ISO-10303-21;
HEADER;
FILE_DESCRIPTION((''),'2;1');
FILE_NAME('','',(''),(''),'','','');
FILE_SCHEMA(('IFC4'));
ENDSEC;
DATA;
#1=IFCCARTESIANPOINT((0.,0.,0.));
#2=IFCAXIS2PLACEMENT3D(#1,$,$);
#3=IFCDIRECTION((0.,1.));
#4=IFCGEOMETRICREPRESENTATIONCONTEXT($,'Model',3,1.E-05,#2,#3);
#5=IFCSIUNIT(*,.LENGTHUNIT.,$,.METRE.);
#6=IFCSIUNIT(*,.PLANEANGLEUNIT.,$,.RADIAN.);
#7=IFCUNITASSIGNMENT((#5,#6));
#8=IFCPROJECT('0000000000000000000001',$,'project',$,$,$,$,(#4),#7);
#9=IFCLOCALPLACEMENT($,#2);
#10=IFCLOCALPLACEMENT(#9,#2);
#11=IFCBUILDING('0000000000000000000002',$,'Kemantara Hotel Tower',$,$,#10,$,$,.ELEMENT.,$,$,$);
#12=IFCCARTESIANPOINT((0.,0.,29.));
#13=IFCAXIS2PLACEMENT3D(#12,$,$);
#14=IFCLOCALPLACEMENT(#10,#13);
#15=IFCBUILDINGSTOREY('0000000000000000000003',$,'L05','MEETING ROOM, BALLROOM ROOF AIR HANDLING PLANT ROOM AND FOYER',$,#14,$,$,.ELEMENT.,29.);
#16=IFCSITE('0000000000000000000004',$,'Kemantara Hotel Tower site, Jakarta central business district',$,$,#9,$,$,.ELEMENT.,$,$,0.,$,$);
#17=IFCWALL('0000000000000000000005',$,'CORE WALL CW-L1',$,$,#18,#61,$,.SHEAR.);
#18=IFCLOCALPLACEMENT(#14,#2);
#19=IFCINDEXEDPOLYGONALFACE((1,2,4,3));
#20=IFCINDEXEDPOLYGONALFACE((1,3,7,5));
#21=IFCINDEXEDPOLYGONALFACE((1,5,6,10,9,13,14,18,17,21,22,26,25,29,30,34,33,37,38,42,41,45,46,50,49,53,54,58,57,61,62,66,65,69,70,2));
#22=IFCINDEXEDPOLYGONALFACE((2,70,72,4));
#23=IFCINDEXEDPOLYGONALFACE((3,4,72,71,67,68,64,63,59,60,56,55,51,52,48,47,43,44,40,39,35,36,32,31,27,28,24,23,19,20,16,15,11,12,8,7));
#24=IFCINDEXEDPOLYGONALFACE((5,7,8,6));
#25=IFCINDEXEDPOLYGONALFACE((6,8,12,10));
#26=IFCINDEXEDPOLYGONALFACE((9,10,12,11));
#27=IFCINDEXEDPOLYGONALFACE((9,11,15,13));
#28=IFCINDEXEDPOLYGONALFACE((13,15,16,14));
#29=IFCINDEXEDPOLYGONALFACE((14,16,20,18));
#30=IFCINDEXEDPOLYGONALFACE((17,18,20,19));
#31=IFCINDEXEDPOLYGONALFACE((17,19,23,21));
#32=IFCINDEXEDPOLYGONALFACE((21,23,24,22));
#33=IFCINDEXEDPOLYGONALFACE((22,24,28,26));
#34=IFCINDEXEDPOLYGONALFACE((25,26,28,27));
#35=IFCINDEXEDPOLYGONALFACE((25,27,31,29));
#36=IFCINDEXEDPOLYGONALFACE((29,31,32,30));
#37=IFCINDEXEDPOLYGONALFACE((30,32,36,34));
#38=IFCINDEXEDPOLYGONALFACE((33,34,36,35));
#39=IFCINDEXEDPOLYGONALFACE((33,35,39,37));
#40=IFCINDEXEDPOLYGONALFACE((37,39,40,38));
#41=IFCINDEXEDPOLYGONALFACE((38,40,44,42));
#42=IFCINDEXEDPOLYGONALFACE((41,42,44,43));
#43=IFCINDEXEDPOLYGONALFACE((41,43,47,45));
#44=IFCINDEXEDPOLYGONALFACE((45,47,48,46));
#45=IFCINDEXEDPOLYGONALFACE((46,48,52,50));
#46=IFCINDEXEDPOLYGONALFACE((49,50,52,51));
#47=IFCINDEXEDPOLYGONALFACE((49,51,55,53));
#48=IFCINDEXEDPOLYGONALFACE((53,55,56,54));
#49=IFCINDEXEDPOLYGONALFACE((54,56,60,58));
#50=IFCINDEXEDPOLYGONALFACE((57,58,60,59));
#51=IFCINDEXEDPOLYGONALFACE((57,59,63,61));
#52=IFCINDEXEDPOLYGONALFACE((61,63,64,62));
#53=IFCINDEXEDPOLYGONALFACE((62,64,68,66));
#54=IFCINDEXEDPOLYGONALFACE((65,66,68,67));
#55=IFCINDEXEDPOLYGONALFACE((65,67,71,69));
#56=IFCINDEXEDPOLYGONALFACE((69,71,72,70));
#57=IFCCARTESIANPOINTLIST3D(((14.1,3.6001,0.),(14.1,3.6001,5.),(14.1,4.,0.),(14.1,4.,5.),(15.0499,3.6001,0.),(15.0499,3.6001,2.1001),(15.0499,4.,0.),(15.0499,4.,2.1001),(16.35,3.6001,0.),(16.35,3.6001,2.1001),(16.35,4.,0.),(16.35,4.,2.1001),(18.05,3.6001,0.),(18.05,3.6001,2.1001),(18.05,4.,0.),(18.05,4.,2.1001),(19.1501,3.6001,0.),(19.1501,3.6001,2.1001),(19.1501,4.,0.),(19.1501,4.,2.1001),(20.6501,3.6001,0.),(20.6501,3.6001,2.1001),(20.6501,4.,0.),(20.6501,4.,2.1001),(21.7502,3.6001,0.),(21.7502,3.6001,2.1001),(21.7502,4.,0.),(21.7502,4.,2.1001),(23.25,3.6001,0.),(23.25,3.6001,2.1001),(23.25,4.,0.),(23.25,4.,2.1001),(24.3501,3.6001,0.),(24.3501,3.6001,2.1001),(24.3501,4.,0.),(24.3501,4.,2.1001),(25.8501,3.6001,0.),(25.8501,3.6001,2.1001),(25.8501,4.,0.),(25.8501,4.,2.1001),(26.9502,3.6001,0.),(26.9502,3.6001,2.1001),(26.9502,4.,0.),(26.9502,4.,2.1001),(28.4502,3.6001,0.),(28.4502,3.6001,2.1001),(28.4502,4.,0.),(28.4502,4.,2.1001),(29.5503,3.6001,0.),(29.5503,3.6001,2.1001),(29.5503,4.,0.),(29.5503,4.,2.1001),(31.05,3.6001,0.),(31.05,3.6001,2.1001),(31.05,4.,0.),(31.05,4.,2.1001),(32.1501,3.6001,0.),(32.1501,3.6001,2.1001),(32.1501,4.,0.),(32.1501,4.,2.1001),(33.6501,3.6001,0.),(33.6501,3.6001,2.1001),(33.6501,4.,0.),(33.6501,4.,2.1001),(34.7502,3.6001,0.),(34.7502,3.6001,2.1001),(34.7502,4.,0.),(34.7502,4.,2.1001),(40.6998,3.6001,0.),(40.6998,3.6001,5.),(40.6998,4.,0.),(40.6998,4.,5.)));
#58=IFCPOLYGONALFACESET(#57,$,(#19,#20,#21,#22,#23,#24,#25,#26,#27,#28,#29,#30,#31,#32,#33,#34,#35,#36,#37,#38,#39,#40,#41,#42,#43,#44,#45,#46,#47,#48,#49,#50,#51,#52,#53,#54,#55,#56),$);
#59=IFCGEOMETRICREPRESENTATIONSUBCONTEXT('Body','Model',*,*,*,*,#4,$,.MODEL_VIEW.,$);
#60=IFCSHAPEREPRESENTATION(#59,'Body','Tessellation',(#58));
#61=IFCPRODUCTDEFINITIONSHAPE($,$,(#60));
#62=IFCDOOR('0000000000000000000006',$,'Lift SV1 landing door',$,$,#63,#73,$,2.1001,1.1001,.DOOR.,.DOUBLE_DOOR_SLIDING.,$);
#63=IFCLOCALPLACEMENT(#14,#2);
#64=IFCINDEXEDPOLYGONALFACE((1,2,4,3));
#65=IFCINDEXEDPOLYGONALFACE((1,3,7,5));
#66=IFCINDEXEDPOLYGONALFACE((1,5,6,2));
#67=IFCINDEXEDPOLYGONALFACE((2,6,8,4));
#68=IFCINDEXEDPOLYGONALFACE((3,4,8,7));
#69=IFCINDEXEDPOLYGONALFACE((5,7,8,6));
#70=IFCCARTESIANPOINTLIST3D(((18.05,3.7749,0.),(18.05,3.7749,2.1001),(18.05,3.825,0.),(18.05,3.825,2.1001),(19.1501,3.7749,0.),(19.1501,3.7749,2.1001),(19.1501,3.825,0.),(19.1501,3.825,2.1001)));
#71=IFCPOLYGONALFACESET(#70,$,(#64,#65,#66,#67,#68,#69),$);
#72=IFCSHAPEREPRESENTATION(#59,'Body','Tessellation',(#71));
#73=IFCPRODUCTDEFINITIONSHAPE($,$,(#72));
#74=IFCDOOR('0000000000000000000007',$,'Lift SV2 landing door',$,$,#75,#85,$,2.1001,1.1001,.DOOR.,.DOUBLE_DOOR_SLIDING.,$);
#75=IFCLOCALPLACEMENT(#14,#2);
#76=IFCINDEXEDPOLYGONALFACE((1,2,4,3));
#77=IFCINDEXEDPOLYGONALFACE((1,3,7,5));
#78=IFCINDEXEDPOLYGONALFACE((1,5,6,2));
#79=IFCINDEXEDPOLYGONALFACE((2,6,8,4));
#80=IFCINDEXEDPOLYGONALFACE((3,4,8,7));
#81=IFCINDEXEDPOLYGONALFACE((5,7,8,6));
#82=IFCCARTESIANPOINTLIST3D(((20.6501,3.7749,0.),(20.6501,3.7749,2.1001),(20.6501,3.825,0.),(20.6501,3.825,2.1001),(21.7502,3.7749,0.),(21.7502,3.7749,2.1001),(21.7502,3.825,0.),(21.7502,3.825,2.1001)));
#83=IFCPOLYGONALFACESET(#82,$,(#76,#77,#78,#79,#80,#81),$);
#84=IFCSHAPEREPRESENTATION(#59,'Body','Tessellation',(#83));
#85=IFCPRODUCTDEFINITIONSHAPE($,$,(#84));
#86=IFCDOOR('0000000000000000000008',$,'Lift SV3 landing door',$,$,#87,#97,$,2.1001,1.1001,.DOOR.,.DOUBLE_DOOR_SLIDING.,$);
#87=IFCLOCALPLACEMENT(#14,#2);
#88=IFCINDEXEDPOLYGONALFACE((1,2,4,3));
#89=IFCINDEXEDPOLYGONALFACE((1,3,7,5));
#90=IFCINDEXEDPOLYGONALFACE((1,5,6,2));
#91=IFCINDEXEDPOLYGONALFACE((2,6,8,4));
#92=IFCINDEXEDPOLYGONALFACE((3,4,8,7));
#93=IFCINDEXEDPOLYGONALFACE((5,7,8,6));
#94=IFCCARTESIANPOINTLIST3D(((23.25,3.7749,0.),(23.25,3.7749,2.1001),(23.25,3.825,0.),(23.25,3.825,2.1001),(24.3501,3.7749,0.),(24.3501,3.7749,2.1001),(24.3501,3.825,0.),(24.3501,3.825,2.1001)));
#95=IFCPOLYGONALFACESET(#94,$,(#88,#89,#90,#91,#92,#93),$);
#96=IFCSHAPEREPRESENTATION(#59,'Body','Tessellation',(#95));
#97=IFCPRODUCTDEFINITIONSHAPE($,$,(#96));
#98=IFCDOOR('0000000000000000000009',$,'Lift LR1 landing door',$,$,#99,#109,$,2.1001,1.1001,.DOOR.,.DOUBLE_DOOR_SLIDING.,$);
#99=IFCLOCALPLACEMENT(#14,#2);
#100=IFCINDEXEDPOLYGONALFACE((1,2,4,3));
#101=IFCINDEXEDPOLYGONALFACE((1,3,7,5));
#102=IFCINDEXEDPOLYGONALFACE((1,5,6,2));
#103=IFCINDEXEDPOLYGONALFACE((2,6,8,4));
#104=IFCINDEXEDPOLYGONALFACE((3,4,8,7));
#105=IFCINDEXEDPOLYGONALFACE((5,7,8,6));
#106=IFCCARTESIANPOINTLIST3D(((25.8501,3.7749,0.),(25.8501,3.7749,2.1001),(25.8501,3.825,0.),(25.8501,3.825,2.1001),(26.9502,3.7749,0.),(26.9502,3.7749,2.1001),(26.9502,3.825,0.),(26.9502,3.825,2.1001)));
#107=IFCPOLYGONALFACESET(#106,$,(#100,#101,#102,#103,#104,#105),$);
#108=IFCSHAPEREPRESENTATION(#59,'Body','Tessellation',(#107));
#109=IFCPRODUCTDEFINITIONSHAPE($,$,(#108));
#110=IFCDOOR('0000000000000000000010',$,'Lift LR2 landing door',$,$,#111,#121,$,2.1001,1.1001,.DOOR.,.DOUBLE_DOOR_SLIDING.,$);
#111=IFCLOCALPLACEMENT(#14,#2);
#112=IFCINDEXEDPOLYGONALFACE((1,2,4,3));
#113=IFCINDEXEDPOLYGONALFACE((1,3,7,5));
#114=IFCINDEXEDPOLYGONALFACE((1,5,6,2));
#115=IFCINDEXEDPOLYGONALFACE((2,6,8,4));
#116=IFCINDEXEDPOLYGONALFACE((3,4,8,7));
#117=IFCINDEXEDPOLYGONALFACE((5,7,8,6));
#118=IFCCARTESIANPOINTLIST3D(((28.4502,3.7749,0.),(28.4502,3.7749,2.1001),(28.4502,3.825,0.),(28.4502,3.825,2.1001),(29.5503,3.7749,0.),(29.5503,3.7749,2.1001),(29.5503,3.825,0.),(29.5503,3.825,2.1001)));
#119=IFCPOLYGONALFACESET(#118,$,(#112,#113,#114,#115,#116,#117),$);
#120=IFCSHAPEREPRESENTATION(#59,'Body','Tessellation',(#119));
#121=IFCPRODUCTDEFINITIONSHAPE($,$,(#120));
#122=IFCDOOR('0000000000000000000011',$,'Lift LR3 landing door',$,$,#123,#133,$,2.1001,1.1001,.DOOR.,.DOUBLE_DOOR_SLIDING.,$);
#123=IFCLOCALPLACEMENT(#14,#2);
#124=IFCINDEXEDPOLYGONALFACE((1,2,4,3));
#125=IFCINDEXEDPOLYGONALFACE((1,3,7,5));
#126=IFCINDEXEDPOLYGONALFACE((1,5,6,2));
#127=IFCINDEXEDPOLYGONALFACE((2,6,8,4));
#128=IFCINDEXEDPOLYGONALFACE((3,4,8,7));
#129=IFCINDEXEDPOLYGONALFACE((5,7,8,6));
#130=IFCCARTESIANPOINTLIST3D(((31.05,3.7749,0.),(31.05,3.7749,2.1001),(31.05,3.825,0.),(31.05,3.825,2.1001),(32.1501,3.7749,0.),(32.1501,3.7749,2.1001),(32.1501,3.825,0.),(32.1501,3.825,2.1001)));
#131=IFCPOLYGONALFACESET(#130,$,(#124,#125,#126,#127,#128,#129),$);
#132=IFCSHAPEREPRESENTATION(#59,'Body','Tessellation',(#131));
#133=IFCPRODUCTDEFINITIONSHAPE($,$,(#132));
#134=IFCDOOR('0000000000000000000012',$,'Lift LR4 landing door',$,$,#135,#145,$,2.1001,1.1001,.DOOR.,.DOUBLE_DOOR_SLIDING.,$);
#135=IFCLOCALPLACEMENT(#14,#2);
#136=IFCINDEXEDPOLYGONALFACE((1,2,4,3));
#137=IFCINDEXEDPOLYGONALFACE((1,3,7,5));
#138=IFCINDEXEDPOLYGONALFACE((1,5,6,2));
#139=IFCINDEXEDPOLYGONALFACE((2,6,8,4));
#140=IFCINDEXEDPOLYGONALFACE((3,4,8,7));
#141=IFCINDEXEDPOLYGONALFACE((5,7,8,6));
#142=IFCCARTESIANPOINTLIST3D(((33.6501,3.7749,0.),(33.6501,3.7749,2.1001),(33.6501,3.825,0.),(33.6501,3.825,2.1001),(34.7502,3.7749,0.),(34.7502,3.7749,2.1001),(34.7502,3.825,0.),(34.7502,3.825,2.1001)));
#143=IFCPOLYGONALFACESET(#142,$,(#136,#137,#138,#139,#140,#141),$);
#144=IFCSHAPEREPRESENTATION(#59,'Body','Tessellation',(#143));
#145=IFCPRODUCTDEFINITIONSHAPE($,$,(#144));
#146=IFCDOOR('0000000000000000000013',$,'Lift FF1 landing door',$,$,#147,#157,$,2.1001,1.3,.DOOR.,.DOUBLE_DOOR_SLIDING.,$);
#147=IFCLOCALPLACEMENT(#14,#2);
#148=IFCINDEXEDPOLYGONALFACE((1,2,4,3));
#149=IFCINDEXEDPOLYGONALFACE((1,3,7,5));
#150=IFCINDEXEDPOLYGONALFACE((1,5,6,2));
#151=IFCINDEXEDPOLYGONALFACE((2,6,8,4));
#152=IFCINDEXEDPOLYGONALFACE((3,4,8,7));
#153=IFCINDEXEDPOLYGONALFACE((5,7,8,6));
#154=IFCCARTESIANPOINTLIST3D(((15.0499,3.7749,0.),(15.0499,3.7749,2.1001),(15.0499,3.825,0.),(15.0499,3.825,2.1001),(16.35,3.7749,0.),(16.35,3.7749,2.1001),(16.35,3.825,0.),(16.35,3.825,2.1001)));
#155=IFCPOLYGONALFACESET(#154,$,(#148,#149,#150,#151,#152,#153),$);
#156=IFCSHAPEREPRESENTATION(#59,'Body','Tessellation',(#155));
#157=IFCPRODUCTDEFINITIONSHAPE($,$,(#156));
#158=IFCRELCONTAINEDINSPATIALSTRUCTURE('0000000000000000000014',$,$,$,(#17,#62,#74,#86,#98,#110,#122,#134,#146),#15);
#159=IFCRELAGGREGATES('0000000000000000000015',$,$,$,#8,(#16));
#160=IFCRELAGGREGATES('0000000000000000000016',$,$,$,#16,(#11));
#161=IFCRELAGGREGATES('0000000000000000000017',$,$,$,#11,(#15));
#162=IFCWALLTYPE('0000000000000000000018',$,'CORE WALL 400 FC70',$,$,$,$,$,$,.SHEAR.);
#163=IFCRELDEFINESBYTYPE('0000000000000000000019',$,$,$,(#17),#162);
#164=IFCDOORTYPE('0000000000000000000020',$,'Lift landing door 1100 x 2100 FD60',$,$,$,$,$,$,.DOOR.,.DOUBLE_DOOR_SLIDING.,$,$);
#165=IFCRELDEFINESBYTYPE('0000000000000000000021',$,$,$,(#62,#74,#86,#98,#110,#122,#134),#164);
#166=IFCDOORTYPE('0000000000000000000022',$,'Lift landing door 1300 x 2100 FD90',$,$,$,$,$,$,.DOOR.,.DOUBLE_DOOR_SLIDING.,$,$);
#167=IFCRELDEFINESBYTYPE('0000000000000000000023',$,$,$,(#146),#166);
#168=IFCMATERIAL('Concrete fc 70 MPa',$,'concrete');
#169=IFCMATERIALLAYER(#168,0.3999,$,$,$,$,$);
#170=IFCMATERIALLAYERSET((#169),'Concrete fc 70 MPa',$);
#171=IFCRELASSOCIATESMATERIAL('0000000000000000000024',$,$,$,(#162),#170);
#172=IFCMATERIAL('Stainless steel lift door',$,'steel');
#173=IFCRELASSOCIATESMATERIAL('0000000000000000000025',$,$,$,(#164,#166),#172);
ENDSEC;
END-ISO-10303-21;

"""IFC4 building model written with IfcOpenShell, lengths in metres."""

from ifc_helpers import new_model, si_unit, direction, frame, frame_2d, origin, place, context, subcontext, project, spatial, rectangle, extrude, material, layer, layer_set, type_object, element, fill, save


model = new_model("IFC4")

# Units and contexts
model_context = context("Model", 3, precision=1e-05, world=origin(), true_north=direction((0.0, 1.0)))
body_context = subcontext(model_context, "Body", "Model", "MODEL_VIEW")
ifc_project = project(units=[si_unit("LENGTHUNIT", "METRE"), si_unit("PLANEANGLEUNIT", "RADIAN")], contexts=[model_context])

# Site, building, storey
site_placement = place(None, origin())
site = spatial("IfcSite", under=ifc_project, at=site_placement, Name="Kemantara Hotel Tower site, Jakarta central business district", CompositionType="ELEMENT", RefElevation=0.0)
building_placement = place(site_placement, origin())
building = spatial("IfcBuilding", under=site, at=building_placement, Name="Kemantara Hotel Tower", CompositionType="ELEMENT")
storey_placement = place(building_placement, frame((0.0, 0.0, 29.0)))
storey = spatial("IfcBuildingStorey", under=building, at=storey_placement, Name="L05", Description="MEETING ROOM, BALLROOM ROOF AIR HANDLING PLANT ROOM AND FOYER", CompositionType="ELEMENT", Elevation=29.0)

# Shared definitions
ifc_material_1 = material(Name="Concrete fc 70 MPa", Category="concrete")

# Wall, openings, doors
ifc_layer_1 = layer(ifc_material_1, 0.3999)
ifc_layer_set_1 = layer_set([ifc_layer_1], Name="Concrete fc 70 MPa")
wall_type_1 = type_object("IfcWallType", Name="CORE WALL 400 FC70", PredefinedType="SHEAR", material=ifc_layer_set_1)
wall_1_placement = place(storey_placement, frame((14.1001, 3.8, 0.0), z_axis=(0.0, 0.0, 1.0), x_axis=(1.0, 0.0, 0.0)))
wall_1 = element("IfcWall", 1, at=wall_1_placement, inside=storey, type_object=wall_type_1, Name="CORE WALL CW-L1", PredefinedType="SHEAR", context=body_context, shape_type="SweptSolid", body=[
    extrude(rectangle(XDim=26.5999, YDim=0.3999, at=frame_2d((13.2998, 0.0))), origin(), (0.0, 0.0, 1.0), 5.0),
])
opening_1_placement = place(wall_1_placement, frame((0.95, 0.0, 0.0)))
opening_1 = element("IfcOpeningElement", 2, at=opening_1_placement, cuts=wall_1, PredefinedType="OPENING", context=body_context, shape_type="SweptSolid", body=[
    extrude(rectangle(XDim=1.3, YDim=2.1001, at=frame_2d((0.6499, 1.05))), frame((0.0, 0.21, 0.0), z_axis=(0.0, -1.0, 0.0), x_axis=(1.0, 0.0, 0.0)), (0.0, 0.0, 1.0), 0.4199),
])
opening_2_placement = place(wall_1_placement, frame((3.95, 0.0, 0.0)))
opening_2 = element("IfcOpeningElement", 3, at=opening_2_placement, cuts=wall_1, PredefinedType="OPENING", context=body_context, shape_type="SweptSolid", body=[
    extrude(rectangle(XDim=1.1001, YDim=2.1001, at=frame_2d((0.55, 1.05))), frame((0.0, 0.21, 0.0), z_axis=(0.0, -1.0, 0.0), x_axis=(1.0, 0.0, 0.0)), (0.0, 0.0, 1.0), 0.4199),
])
opening_3_placement = place(wall_1_placement, frame((6.55, 0.0, 0.0)))
opening_3 = element("IfcOpeningElement", 4, at=opening_3_placement, cuts=wall_1, PredefinedType="OPENING", context=body_context, shape_type="SweptSolid", body=[
    extrude(rectangle(XDim=1.1001, YDim=2.1001, at=frame_2d((0.55, 1.05))), frame((0.0, 0.21, 0.0), z_axis=(0.0, -1.0, 0.0), x_axis=(1.0, 0.0, 0.0)), (0.0, 0.0, 1.0), 0.4199),
])
opening_4_placement = place(wall_1_placement, frame((9.1499, 0.0, 0.0)))
opening_4 = element("IfcOpeningElement", 5, at=opening_4_placement, cuts=wall_1, PredefinedType="OPENING", context=body_context, shape_type="SweptSolid", body=[
    extrude(rectangle(XDim=1.1001, YDim=2.1001, at=frame_2d((0.55, 1.05))), frame((0.0, 0.21, 0.0), z_axis=(0.0, -1.0, 0.0), x_axis=(1.0, 0.0, 0.0)), (0.0, 0.0, 1.0), 0.4199),
])
opening_5_placement = place(wall_1_placement, frame((11.75, 0.0, 0.0)))
opening_5 = element("IfcOpeningElement", 6, at=opening_5_placement, cuts=wall_1, PredefinedType="OPENING", context=body_context, shape_type="SweptSolid", body=[
    extrude(rectangle(XDim=1.1001, YDim=2.1001, at=frame_2d((0.55, 1.05))), frame((0.0, 0.21, 0.0), z_axis=(0.0, -1.0, 0.0), x_axis=(1.0, 0.0, 0.0)), (0.0, 0.0, 1.0), 0.4199),
])
opening_6_placement = place(wall_1_placement, frame((14.3501, 0.0, 0.0)))
opening_6 = element("IfcOpeningElement", 7, at=opening_6_placement, cuts=wall_1, PredefinedType="OPENING", context=body_context, shape_type="SweptSolid", body=[
    extrude(rectangle(XDim=1.1001, YDim=2.1001, at=frame_2d((0.55, 1.05))), frame((0.0, 0.21, 0.0), z_axis=(0.0, -1.0, 0.0), x_axis=(1.0, 0.0, 0.0)), (0.0, 0.0, 1.0), 0.4199),
])
opening_7_placement = place(wall_1_placement, frame((16.95, 0.0, 0.0)))
opening_7 = element("IfcOpeningElement", 8, at=opening_7_placement, cuts=wall_1, PredefinedType="OPENING", context=body_context, shape_type="SweptSolid", body=[
    extrude(rectangle(XDim=1.1001, YDim=2.1001, at=frame_2d((0.55, 1.05))), frame((0.0, 0.21, 0.0), z_axis=(0.0, -1.0, 0.0), x_axis=(1.0, 0.0, 0.0)), (0.0, 0.0, 1.0), 0.4199),
])
opening_8_placement = place(wall_1_placement, frame((19.55, 0.0, 0.0)))
opening_8 = element("IfcOpeningElement", 9, at=opening_8_placement, cuts=wall_1, PredefinedType="OPENING", context=body_context, shape_type="SweptSolid", body=[
    extrude(rectangle(XDim=1.1001, YDim=2.1001, at=frame_2d((0.55, 1.05))), frame((0.0, 0.21, 0.0), z_axis=(0.0, -1.0, 0.0), x_axis=(1.0, 0.0, 0.0)), (0.0, 0.0, 1.0), 0.4199),
])
ifc_material_2 = material(Name="Stainless steel lift door", Category="steel")
door_type_1 = type_object("IfcDoorType", Name="Lift landing door 1100 x 2100 FD60", OperationType="DOUBLE_DOOR_SLIDING", PredefinedType="DOOR", material=ifc_material_2)
door_1_placement = place(opening_2_placement, origin())
door_1 = element("IfcDoor", 10, at=door_1_placement, inside=storey, type_object=door_type_1, Name="Lift SV1 landing door", OperationType="DOUBLE_DOOR_SLIDING", OverallHeight=2.1001, OverallWidth=1.1001, PredefinedType="DOOR", context=body_context, shape_type="SweptSolid", body=[
    extrude(rectangle(XDim=1.1001, YDim=2.1001, at=frame_2d((0.55, 1.05))), frame((0.0, 0.0249, 0.0), z_axis=(0.0, -1.0, 0.0), x_axis=(1.0, 0.0, 0.0)), (0.0, 0.0, 1.0), 0.05),
])
fill(opening_2, door_1)
door_2_placement = place(opening_3_placement, origin())
door_2 = element("IfcDoor", 11, at=door_2_placement, inside=storey, type_object=door_type_1, Name="Lift SV2 landing door", OperationType="DOUBLE_DOOR_SLIDING", OverallHeight=2.1001, OverallWidth=1.1001, PredefinedType="DOOR", context=body_context, shape_type="SweptSolid", body=[
    extrude(rectangle(XDim=1.1001, YDim=2.1001, at=frame_2d((0.55, 1.05))), frame((0.0, 0.0249, 0.0), z_axis=(0.0, -1.0, 0.0), x_axis=(1.0, 0.0, 0.0)), (0.0, 0.0, 1.0), 0.05),
])
fill(opening_3, door_2)
door_3_placement = place(opening_4_placement, origin())
door_3 = element("IfcDoor", 12, at=door_3_placement, inside=storey, type_object=door_type_1, Name="Lift SV3 landing door", OperationType="DOUBLE_DOOR_SLIDING", OverallHeight=2.1001, OverallWidth=1.1001, PredefinedType="DOOR", context=body_context, shape_type="SweptSolid", body=[
    extrude(rectangle(XDim=1.1001, YDim=2.1001, at=frame_2d((0.55, 1.05))), frame((0.0, 0.0249, 0.0), z_axis=(0.0, -1.0, 0.0), x_axis=(1.0, 0.0, 0.0)), (0.0, 0.0, 1.0), 0.05),
])
fill(opening_4, door_3)
door_4_placement = place(opening_5_placement, origin())
door_4 = element("IfcDoor", 13, at=door_4_placement, inside=storey, type_object=door_type_1, Name="Lift LR1 landing door", OperationType="DOUBLE_DOOR_SLIDING", OverallHeight=2.1001, OverallWidth=1.1001, PredefinedType="DOOR", context=body_context, shape_type="SweptSolid", body=[
    extrude(rectangle(XDim=1.1001, YDim=2.1001, at=frame_2d((0.55, 1.05))), frame((0.0, 0.0249, 0.0), z_axis=(0.0, -1.0, 0.0), x_axis=(1.0, 0.0, 0.0)), (0.0, 0.0, 1.0), 0.05),
])
fill(opening_5, door_4)
door_5_placement = place(opening_6_placement, origin())
door_5 = element("IfcDoor", 14, at=door_5_placement, inside=storey, type_object=door_type_1, Name="Lift LR2 landing door", OperationType="DOUBLE_DOOR_SLIDING", OverallHeight=2.1001, OverallWidth=1.1001, PredefinedType="DOOR", context=body_context, shape_type="SweptSolid", body=[
    extrude(rectangle(XDim=1.1001, YDim=2.1001, at=frame_2d((0.55, 1.05))), frame((0.0, 0.0249, 0.0), z_axis=(0.0, -1.0, 0.0), x_axis=(1.0, 0.0, 0.0)), (0.0, 0.0, 1.0), 0.05),
])
fill(opening_6, door_5)
door_6_placement = place(opening_7_placement, origin())
door_6 = element("IfcDoor", 15, at=door_6_placement, inside=storey, type_object=door_type_1, Name="Lift LR3 landing door", OperationType="DOUBLE_DOOR_SLIDING", OverallHeight=2.1001, OverallWidth=1.1001, PredefinedType="DOOR", context=body_context, shape_type="SweptSolid", body=[
    extrude(rectangle(XDim=1.1001, YDim=2.1001, at=frame_2d((0.55, 1.05))), frame((0.0, 0.0249, 0.0), z_axis=(0.0, -1.0, 0.0), x_axis=(1.0, 0.0, 0.0)), (0.0, 0.0, 1.0), 0.05),
])
fill(opening_7, door_6)
door_7_placement = place(opening_8_placement, origin())
door_7 = element("IfcDoor", 16, at=door_7_placement, inside=storey, type_object=door_type_1, Name="Lift LR4 landing door", OperationType="DOUBLE_DOOR_SLIDING", OverallHeight=2.1001, OverallWidth=1.1001, PredefinedType="DOOR", context=body_context, shape_type="SweptSolid", body=[
    extrude(rectangle(XDim=1.1001, YDim=2.1001, at=frame_2d((0.55, 1.05))), frame((0.0, 0.0249, 0.0), z_axis=(0.0, -1.0, 0.0), x_axis=(1.0, 0.0, 0.0)), (0.0, 0.0, 1.0), 0.05),
])
fill(opening_8, door_7)
door_type_2 = type_object("IfcDoorType", Name="Lift landing door 1300 x 2100 FD90", OperationType="DOUBLE_DOOR_SLIDING", PredefinedType="DOOR", material=ifc_material_2)
door_8_placement = place(opening_1_placement, origin())
door_8 = element("IfcDoor", 17, at=door_8_placement, inside=storey, type_object=door_type_2, Name="Lift FF1 landing door", OperationType="DOUBLE_DOOR_SLIDING", OverallHeight=2.1001, OverallWidth=1.3, PredefinedType="DOOR", context=body_context, shape_type="SweptSolid", body=[
    extrude(rectangle(XDim=1.3, YDim=2.1001, at=frame_2d((0.6499, 1.05))), frame((0.0, 0.0249, 0.0), z_axis=(0.0, -1.0, 0.0), x_axis=(1.0, 0.0, 0.0)), (0.0, 0.0, 1.0), 0.05),
])
fill(opening_1, door_8)

save(model, "model.ifc")
